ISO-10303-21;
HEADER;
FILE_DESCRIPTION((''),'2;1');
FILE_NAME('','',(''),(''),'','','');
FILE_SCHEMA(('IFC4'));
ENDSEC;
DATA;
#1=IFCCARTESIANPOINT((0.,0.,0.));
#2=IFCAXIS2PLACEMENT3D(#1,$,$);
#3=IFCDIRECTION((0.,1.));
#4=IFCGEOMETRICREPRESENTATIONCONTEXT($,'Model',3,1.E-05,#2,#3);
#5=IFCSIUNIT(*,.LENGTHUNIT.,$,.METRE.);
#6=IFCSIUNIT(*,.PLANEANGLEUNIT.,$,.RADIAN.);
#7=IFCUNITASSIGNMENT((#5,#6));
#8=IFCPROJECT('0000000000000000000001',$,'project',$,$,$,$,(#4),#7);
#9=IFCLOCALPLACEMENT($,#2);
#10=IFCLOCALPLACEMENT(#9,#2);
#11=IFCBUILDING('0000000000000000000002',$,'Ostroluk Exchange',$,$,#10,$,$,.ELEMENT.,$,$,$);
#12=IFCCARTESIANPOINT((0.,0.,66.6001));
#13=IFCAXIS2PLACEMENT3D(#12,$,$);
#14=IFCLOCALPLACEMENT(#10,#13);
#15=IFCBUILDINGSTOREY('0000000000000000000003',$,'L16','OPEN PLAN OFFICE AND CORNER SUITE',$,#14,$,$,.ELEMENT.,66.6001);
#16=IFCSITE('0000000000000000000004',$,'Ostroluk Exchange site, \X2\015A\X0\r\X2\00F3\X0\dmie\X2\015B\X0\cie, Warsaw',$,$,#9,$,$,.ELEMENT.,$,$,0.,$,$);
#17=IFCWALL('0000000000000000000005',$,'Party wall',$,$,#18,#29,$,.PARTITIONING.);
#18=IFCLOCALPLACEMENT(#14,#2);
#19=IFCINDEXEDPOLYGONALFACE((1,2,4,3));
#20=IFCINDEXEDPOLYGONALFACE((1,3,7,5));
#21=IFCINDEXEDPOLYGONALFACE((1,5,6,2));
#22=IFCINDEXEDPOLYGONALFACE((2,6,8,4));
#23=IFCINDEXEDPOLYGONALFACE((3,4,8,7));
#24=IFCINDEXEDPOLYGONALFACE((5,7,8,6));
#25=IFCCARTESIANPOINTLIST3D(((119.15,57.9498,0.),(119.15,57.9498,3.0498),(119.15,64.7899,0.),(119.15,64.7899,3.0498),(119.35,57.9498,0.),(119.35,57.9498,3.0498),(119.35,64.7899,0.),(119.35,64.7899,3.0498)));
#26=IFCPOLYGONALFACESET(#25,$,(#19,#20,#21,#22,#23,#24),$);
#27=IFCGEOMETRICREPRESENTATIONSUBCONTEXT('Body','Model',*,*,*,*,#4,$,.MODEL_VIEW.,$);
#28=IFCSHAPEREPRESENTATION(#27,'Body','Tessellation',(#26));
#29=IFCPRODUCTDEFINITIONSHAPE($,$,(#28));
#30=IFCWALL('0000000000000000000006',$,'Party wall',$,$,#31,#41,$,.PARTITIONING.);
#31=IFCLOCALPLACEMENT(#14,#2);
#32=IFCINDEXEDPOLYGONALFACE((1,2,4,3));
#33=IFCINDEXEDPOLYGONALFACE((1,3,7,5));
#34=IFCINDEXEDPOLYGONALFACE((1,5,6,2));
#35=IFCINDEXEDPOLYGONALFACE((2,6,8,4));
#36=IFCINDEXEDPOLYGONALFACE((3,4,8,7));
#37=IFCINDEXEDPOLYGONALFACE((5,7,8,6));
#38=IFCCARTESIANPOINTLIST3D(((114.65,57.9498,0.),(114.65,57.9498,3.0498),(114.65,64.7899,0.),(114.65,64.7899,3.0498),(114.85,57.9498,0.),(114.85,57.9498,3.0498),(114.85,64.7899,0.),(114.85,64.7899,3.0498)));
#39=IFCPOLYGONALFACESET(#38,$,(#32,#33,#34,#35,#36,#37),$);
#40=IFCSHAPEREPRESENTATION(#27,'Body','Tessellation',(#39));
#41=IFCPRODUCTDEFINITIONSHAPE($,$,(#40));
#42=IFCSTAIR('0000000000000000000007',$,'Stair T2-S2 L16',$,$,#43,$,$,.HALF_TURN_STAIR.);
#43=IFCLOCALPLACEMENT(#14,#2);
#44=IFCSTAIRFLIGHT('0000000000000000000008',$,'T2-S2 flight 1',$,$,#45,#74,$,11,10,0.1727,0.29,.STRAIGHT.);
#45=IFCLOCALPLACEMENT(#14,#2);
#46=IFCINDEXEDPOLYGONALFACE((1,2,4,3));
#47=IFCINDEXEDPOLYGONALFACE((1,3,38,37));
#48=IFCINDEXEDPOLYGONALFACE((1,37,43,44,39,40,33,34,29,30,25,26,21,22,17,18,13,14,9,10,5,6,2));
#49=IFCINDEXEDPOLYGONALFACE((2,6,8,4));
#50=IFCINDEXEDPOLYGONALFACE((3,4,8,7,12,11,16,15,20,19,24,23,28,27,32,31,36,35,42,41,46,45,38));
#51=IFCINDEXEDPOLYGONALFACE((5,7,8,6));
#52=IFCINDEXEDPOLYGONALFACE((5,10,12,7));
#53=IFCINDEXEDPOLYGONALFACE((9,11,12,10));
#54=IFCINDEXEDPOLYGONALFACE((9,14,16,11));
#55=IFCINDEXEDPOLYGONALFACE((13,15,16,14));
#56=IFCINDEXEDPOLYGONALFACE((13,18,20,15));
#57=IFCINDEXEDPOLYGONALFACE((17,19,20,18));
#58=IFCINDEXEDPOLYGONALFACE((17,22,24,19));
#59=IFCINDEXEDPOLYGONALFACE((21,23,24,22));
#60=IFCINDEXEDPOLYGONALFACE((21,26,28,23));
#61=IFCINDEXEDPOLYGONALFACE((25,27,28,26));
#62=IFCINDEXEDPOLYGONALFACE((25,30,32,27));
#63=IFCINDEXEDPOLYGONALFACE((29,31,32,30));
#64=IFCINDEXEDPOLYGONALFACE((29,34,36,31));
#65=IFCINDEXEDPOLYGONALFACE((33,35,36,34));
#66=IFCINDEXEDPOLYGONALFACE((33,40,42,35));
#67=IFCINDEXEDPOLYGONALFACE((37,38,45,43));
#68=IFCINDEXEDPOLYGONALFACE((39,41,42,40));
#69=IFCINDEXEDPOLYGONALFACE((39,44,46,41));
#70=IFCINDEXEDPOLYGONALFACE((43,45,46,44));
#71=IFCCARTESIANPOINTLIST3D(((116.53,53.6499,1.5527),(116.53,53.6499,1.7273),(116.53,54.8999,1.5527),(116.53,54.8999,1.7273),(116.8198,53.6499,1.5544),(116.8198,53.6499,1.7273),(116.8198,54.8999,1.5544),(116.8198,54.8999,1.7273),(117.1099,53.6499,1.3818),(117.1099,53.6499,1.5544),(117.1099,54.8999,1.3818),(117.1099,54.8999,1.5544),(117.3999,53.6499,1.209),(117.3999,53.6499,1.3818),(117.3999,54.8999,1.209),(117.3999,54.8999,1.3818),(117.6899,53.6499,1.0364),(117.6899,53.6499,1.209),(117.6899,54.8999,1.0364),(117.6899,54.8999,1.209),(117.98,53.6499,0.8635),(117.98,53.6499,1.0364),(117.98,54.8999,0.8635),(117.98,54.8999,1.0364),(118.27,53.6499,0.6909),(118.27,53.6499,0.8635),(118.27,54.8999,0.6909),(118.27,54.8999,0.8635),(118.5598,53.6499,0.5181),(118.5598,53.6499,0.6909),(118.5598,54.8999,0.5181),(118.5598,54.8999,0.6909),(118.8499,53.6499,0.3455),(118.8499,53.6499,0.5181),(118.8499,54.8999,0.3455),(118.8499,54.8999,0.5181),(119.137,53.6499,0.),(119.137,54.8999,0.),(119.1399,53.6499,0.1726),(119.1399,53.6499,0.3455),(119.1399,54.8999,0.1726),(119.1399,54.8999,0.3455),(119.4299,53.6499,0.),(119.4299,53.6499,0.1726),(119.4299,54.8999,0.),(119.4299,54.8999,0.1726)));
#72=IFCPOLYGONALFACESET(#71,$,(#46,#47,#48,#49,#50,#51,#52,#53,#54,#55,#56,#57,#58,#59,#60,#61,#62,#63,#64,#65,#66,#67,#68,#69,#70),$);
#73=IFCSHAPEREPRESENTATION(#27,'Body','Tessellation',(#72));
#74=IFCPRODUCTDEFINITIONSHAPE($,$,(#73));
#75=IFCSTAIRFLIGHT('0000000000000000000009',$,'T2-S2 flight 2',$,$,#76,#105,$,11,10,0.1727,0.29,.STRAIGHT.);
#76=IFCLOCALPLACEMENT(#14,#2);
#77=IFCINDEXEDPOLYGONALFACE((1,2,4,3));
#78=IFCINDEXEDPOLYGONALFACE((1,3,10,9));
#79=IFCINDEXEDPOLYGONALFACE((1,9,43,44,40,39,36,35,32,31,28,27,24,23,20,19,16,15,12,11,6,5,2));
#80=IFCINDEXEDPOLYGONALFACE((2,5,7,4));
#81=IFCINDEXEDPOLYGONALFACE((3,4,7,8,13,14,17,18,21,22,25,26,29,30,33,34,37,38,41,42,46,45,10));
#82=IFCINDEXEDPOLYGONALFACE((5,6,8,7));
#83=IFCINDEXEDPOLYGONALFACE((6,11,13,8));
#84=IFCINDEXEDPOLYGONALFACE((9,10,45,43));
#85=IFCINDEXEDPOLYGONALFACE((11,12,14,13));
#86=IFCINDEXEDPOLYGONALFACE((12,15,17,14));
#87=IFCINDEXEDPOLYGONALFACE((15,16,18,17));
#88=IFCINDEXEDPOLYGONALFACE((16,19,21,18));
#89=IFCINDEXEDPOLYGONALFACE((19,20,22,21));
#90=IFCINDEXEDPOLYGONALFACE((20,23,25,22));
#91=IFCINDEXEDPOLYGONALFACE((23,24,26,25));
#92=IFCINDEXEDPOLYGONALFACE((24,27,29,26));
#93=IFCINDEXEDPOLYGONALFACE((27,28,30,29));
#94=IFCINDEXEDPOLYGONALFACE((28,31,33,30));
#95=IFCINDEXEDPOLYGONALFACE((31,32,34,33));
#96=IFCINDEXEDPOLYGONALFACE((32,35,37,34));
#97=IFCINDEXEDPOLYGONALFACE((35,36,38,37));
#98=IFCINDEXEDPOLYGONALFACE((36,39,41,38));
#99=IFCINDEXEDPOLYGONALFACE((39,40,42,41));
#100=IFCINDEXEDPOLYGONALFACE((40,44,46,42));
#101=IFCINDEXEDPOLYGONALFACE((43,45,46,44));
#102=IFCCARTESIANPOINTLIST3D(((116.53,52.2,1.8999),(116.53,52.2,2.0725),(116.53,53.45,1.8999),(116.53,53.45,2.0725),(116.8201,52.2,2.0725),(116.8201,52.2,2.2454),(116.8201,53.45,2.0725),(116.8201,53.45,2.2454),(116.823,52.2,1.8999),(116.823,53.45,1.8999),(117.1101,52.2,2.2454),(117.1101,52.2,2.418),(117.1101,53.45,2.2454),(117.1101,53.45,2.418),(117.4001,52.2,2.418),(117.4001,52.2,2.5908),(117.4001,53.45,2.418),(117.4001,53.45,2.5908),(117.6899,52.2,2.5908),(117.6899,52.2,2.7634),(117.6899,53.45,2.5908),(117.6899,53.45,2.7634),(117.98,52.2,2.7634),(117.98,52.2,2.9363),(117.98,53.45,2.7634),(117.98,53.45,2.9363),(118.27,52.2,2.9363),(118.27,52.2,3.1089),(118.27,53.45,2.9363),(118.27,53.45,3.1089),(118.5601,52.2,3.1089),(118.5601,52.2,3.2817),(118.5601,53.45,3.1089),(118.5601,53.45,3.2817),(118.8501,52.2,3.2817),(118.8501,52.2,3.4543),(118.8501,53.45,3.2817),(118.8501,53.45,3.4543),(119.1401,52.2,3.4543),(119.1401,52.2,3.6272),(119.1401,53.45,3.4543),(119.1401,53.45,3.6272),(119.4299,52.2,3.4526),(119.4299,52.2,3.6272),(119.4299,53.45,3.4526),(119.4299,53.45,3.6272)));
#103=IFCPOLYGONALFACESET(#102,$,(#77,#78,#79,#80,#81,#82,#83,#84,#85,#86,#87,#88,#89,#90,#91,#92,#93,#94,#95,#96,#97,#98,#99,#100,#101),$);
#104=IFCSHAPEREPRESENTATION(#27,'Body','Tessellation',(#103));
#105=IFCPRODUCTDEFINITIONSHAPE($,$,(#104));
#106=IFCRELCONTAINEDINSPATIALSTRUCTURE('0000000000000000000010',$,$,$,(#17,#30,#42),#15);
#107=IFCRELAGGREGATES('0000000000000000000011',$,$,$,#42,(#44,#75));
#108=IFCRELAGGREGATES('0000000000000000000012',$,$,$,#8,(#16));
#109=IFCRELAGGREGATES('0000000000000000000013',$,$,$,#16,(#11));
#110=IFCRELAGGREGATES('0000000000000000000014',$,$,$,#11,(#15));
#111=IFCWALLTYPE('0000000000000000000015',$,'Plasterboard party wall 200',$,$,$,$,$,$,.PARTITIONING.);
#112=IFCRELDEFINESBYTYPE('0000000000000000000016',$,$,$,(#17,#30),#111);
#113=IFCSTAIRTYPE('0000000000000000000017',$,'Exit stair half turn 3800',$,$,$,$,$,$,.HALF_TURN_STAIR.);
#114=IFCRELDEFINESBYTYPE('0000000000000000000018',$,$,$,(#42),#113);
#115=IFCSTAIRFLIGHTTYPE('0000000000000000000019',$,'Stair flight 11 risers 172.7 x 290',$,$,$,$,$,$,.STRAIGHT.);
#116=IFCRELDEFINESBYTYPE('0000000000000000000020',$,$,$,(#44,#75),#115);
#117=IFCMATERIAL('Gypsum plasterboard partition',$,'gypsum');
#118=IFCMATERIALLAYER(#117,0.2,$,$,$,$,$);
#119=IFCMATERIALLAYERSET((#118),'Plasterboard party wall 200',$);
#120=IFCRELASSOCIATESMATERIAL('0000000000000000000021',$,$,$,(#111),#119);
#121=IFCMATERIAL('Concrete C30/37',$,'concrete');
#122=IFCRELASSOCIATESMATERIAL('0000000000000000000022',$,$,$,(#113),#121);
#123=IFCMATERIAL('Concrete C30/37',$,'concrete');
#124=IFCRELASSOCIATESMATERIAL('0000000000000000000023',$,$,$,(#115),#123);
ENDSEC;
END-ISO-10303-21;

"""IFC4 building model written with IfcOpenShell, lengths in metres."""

from ifc_helpers import new_model, si_unit, direction, frame, frame_2d, origin, place, context, subcontext, project, spatial, polyline, rectangle, outline, extrude, material, layer, layer_set, type_object, element, aggregate, save


model = new_model("IFC4")

# Units and contexts
model_context = context("Model", 3, precision=1e-05, world=origin(), true_north=direction((0.0, 1.0)))
body_context = subcontext(model_context, "Body", "Model", "MODEL_VIEW")
ifc_project = project(units=[si_unit("LENGTHUNIT", "METRE"), si_unit("PLANEANGLEUNIT", "RADIAN")], contexts=[model_context])

# Site, building, storey
site_placement = place(None, origin())
site = spatial("IfcSite", under=ifc_project, at=site_placement, Name="Ostroluk Exchange site, Śródmieście, Warsaw", CompositionType="ELEMENT", RefElevation=0.0)
building_placement = place(site_placement, origin())
building = spatial("IfcBuilding", under=site, at=building_placement, Name="Ostroluk Exchange", CompositionType="ELEMENT")
storey_placement = place(building_placement, frame((0.0, 0.0, 66.6001)))
storey = spatial("IfcBuildingStorey", under=building, at=storey_placement, Name="L16", Description="OPEN PLAN OFFICE AND CORNER SUITE", CompositionType="ELEMENT", Elevation=66.6001)

# Walls
ifc_material_1 = material(Name="Gypsum plasterboard partition", Category="gypsum")
ifc_layer_1 = layer(ifc_material_1, 0.2)
ifc_layer_set_1 = layer_set([ifc_layer_1], Name="Plasterboard party wall 200")
wall_type_1 = type_object("IfcWallType", Name="Plasterboard party wall 200", PredefinedType="PARTITIONING", material=ifc_layer_set_1)
for number, where, z_axis, x_axis, name in (
    (1, (119.25, 57.95, 0.0), (0.0, 0.0, 1.0), (0.0, 1.0, 0.0), "Party wall"),
    (2, (114.75, 57.95, 0.0), (0.0, 0.0, 1.0), (0.0, 1.0, 0.0), "Party wall"),
):
    element("IfcWall", number, at=place(storey_placement, frame(where, z_axis=z_axis, x_axis=x_axis)), inside=storey, type_object=wall_type_1, Name=name, PredefinedType="PARTITIONING", context=body_context, shape_type="SweptSolid", body=[
        extrude(rectangle(XDim=6.8401, YDim=0.2, at=frame_2d((3.4199, 0.0))), origin(), (0.0, 0.0, 1.0), 3.0498),
    ])

# Stair, stair flights
ifc_material_2 = material(Name="Concrete C30/37", Category="concrete")
stair_type = type_object("IfcStairType", Name="Exit stair half turn 3800", PredefinedType="HALF_TURN_STAIR", material=ifc_material_2)
stair_placement = place(storey_placement, origin())
stair = element("IfcStair", 3, at=stair_placement, inside=storey, type_object=stair_type, Name="Stair T2-S2 L16", PredefinedType="HALF_TURN_STAIR")
ifc_material_3 = material(Name="Concrete C30/37", Category="concrete")
stair_flight_type = type_object("IfcStairFlightType", Name="Stair flight 11 risers 172.7 x 290", PredefinedType="STRAIGHT", material=ifc_material_3)
stair_flight_1_placement = place(storey_placement, frame((119.4299, 54.2749, 0.0), z_axis=(0.0, 0.0, 1.0), x_axis=(-1.0, 0.0, 0.0)))
stair_flight_1 = element("IfcStairFlight", 4, at=stair_flight_1_placement, type_object=stair_flight_type, Name="T2-S2 flight 1", NumberOfRisers=11, NumberOfTreads=10, PredefinedType="STRAIGHT", RiserHeight=0.1727, TreadLength=0.29, context=body_context, shape_type="SweptSolid", body=[
    extrude(outline(polyline([(0.0, 0.0), (0.0, 0.1726), (0.29, 0.1726), (0.29, 0.3455), (0.5801, 0.3455), (0.5801, 0.5181), (0.8701, 0.5181), (0.8701, 0.6909), (1.1599, 0.6909), (1.1599, 0.8635), (1.45, 0.8635), (1.45, 1.0364), (1.74, 1.0364), (1.74, 1.209), (2.03, 1.209), (2.03, 1.3818), (2.3201, 1.3818), (2.3201, 1.5544), (2.6101, 1.5544), (2.6101, 1.7273), (2.8999, 1.7273), (2.8999, 1.8999), (2.8999, 1.5527), (0.293, 0.0), (0.0, 0.0)])), frame((0.0, 0.625, 0.0), z_axis=(0.0, -1.0, 0.0), x_axis=(1.0, 0.0, 0.0)), (0.0, 0.0, 1.0), 1.25),
])
stair_flight_2_placement = place(storey_placement, frame((116.53, 52.825, 1.8999), z_axis=(0.0, 0.0, 1.0), x_axis=(1.0, 0.0, 0.0)))
stair_flight_2 = element("IfcStairFlight", 5, at=stair_flight_2_placement, type_object=stair_flight_type, Name="T2-S2 flight 2", NumberOfRisers=11, NumberOfTreads=10, PredefinedType="STRAIGHT", RiserHeight=0.1727, TreadLength=0.29, context=body_context, shape_type="SweptSolid", body=[
    extrude(outline(polyline([(0.0, 0.0), (0.0, 0.1726), (0.29, 0.1726), (0.29, 0.3455), (0.5801, 0.3455), (0.5801, 0.5181), (0.8701, 0.5181), (0.8701, 0.6909), (1.1599, 0.6909), (1.1599, 0.8635), (1.45, 0.8635), (1.45, 1.0364), (1.74, 1.0364), (1.74, 1.209), (2.03, 1.209), (2.03, 1.3818), (2.3201, 1.3818), (2.3201, 1.5544), (2.6101, 1.5544), (2.6101, 1.7273), (2.8999, 1.7273), (2.8999, 1.8999), (2.8999, 1.5527), (0.293, 0.0), (0.0, 0.0)])), frame((0.0, 0.625, 0.0), z_axis=(0.0, -1.0, 0.0), x_axis=(1.0, 0.0, 0.0)), (0.0, 0.0, 1.0), 1.25),
])
aggregate(stair, [stair_flight_1, stair_flight_2])

save(model, "model.ifc")
